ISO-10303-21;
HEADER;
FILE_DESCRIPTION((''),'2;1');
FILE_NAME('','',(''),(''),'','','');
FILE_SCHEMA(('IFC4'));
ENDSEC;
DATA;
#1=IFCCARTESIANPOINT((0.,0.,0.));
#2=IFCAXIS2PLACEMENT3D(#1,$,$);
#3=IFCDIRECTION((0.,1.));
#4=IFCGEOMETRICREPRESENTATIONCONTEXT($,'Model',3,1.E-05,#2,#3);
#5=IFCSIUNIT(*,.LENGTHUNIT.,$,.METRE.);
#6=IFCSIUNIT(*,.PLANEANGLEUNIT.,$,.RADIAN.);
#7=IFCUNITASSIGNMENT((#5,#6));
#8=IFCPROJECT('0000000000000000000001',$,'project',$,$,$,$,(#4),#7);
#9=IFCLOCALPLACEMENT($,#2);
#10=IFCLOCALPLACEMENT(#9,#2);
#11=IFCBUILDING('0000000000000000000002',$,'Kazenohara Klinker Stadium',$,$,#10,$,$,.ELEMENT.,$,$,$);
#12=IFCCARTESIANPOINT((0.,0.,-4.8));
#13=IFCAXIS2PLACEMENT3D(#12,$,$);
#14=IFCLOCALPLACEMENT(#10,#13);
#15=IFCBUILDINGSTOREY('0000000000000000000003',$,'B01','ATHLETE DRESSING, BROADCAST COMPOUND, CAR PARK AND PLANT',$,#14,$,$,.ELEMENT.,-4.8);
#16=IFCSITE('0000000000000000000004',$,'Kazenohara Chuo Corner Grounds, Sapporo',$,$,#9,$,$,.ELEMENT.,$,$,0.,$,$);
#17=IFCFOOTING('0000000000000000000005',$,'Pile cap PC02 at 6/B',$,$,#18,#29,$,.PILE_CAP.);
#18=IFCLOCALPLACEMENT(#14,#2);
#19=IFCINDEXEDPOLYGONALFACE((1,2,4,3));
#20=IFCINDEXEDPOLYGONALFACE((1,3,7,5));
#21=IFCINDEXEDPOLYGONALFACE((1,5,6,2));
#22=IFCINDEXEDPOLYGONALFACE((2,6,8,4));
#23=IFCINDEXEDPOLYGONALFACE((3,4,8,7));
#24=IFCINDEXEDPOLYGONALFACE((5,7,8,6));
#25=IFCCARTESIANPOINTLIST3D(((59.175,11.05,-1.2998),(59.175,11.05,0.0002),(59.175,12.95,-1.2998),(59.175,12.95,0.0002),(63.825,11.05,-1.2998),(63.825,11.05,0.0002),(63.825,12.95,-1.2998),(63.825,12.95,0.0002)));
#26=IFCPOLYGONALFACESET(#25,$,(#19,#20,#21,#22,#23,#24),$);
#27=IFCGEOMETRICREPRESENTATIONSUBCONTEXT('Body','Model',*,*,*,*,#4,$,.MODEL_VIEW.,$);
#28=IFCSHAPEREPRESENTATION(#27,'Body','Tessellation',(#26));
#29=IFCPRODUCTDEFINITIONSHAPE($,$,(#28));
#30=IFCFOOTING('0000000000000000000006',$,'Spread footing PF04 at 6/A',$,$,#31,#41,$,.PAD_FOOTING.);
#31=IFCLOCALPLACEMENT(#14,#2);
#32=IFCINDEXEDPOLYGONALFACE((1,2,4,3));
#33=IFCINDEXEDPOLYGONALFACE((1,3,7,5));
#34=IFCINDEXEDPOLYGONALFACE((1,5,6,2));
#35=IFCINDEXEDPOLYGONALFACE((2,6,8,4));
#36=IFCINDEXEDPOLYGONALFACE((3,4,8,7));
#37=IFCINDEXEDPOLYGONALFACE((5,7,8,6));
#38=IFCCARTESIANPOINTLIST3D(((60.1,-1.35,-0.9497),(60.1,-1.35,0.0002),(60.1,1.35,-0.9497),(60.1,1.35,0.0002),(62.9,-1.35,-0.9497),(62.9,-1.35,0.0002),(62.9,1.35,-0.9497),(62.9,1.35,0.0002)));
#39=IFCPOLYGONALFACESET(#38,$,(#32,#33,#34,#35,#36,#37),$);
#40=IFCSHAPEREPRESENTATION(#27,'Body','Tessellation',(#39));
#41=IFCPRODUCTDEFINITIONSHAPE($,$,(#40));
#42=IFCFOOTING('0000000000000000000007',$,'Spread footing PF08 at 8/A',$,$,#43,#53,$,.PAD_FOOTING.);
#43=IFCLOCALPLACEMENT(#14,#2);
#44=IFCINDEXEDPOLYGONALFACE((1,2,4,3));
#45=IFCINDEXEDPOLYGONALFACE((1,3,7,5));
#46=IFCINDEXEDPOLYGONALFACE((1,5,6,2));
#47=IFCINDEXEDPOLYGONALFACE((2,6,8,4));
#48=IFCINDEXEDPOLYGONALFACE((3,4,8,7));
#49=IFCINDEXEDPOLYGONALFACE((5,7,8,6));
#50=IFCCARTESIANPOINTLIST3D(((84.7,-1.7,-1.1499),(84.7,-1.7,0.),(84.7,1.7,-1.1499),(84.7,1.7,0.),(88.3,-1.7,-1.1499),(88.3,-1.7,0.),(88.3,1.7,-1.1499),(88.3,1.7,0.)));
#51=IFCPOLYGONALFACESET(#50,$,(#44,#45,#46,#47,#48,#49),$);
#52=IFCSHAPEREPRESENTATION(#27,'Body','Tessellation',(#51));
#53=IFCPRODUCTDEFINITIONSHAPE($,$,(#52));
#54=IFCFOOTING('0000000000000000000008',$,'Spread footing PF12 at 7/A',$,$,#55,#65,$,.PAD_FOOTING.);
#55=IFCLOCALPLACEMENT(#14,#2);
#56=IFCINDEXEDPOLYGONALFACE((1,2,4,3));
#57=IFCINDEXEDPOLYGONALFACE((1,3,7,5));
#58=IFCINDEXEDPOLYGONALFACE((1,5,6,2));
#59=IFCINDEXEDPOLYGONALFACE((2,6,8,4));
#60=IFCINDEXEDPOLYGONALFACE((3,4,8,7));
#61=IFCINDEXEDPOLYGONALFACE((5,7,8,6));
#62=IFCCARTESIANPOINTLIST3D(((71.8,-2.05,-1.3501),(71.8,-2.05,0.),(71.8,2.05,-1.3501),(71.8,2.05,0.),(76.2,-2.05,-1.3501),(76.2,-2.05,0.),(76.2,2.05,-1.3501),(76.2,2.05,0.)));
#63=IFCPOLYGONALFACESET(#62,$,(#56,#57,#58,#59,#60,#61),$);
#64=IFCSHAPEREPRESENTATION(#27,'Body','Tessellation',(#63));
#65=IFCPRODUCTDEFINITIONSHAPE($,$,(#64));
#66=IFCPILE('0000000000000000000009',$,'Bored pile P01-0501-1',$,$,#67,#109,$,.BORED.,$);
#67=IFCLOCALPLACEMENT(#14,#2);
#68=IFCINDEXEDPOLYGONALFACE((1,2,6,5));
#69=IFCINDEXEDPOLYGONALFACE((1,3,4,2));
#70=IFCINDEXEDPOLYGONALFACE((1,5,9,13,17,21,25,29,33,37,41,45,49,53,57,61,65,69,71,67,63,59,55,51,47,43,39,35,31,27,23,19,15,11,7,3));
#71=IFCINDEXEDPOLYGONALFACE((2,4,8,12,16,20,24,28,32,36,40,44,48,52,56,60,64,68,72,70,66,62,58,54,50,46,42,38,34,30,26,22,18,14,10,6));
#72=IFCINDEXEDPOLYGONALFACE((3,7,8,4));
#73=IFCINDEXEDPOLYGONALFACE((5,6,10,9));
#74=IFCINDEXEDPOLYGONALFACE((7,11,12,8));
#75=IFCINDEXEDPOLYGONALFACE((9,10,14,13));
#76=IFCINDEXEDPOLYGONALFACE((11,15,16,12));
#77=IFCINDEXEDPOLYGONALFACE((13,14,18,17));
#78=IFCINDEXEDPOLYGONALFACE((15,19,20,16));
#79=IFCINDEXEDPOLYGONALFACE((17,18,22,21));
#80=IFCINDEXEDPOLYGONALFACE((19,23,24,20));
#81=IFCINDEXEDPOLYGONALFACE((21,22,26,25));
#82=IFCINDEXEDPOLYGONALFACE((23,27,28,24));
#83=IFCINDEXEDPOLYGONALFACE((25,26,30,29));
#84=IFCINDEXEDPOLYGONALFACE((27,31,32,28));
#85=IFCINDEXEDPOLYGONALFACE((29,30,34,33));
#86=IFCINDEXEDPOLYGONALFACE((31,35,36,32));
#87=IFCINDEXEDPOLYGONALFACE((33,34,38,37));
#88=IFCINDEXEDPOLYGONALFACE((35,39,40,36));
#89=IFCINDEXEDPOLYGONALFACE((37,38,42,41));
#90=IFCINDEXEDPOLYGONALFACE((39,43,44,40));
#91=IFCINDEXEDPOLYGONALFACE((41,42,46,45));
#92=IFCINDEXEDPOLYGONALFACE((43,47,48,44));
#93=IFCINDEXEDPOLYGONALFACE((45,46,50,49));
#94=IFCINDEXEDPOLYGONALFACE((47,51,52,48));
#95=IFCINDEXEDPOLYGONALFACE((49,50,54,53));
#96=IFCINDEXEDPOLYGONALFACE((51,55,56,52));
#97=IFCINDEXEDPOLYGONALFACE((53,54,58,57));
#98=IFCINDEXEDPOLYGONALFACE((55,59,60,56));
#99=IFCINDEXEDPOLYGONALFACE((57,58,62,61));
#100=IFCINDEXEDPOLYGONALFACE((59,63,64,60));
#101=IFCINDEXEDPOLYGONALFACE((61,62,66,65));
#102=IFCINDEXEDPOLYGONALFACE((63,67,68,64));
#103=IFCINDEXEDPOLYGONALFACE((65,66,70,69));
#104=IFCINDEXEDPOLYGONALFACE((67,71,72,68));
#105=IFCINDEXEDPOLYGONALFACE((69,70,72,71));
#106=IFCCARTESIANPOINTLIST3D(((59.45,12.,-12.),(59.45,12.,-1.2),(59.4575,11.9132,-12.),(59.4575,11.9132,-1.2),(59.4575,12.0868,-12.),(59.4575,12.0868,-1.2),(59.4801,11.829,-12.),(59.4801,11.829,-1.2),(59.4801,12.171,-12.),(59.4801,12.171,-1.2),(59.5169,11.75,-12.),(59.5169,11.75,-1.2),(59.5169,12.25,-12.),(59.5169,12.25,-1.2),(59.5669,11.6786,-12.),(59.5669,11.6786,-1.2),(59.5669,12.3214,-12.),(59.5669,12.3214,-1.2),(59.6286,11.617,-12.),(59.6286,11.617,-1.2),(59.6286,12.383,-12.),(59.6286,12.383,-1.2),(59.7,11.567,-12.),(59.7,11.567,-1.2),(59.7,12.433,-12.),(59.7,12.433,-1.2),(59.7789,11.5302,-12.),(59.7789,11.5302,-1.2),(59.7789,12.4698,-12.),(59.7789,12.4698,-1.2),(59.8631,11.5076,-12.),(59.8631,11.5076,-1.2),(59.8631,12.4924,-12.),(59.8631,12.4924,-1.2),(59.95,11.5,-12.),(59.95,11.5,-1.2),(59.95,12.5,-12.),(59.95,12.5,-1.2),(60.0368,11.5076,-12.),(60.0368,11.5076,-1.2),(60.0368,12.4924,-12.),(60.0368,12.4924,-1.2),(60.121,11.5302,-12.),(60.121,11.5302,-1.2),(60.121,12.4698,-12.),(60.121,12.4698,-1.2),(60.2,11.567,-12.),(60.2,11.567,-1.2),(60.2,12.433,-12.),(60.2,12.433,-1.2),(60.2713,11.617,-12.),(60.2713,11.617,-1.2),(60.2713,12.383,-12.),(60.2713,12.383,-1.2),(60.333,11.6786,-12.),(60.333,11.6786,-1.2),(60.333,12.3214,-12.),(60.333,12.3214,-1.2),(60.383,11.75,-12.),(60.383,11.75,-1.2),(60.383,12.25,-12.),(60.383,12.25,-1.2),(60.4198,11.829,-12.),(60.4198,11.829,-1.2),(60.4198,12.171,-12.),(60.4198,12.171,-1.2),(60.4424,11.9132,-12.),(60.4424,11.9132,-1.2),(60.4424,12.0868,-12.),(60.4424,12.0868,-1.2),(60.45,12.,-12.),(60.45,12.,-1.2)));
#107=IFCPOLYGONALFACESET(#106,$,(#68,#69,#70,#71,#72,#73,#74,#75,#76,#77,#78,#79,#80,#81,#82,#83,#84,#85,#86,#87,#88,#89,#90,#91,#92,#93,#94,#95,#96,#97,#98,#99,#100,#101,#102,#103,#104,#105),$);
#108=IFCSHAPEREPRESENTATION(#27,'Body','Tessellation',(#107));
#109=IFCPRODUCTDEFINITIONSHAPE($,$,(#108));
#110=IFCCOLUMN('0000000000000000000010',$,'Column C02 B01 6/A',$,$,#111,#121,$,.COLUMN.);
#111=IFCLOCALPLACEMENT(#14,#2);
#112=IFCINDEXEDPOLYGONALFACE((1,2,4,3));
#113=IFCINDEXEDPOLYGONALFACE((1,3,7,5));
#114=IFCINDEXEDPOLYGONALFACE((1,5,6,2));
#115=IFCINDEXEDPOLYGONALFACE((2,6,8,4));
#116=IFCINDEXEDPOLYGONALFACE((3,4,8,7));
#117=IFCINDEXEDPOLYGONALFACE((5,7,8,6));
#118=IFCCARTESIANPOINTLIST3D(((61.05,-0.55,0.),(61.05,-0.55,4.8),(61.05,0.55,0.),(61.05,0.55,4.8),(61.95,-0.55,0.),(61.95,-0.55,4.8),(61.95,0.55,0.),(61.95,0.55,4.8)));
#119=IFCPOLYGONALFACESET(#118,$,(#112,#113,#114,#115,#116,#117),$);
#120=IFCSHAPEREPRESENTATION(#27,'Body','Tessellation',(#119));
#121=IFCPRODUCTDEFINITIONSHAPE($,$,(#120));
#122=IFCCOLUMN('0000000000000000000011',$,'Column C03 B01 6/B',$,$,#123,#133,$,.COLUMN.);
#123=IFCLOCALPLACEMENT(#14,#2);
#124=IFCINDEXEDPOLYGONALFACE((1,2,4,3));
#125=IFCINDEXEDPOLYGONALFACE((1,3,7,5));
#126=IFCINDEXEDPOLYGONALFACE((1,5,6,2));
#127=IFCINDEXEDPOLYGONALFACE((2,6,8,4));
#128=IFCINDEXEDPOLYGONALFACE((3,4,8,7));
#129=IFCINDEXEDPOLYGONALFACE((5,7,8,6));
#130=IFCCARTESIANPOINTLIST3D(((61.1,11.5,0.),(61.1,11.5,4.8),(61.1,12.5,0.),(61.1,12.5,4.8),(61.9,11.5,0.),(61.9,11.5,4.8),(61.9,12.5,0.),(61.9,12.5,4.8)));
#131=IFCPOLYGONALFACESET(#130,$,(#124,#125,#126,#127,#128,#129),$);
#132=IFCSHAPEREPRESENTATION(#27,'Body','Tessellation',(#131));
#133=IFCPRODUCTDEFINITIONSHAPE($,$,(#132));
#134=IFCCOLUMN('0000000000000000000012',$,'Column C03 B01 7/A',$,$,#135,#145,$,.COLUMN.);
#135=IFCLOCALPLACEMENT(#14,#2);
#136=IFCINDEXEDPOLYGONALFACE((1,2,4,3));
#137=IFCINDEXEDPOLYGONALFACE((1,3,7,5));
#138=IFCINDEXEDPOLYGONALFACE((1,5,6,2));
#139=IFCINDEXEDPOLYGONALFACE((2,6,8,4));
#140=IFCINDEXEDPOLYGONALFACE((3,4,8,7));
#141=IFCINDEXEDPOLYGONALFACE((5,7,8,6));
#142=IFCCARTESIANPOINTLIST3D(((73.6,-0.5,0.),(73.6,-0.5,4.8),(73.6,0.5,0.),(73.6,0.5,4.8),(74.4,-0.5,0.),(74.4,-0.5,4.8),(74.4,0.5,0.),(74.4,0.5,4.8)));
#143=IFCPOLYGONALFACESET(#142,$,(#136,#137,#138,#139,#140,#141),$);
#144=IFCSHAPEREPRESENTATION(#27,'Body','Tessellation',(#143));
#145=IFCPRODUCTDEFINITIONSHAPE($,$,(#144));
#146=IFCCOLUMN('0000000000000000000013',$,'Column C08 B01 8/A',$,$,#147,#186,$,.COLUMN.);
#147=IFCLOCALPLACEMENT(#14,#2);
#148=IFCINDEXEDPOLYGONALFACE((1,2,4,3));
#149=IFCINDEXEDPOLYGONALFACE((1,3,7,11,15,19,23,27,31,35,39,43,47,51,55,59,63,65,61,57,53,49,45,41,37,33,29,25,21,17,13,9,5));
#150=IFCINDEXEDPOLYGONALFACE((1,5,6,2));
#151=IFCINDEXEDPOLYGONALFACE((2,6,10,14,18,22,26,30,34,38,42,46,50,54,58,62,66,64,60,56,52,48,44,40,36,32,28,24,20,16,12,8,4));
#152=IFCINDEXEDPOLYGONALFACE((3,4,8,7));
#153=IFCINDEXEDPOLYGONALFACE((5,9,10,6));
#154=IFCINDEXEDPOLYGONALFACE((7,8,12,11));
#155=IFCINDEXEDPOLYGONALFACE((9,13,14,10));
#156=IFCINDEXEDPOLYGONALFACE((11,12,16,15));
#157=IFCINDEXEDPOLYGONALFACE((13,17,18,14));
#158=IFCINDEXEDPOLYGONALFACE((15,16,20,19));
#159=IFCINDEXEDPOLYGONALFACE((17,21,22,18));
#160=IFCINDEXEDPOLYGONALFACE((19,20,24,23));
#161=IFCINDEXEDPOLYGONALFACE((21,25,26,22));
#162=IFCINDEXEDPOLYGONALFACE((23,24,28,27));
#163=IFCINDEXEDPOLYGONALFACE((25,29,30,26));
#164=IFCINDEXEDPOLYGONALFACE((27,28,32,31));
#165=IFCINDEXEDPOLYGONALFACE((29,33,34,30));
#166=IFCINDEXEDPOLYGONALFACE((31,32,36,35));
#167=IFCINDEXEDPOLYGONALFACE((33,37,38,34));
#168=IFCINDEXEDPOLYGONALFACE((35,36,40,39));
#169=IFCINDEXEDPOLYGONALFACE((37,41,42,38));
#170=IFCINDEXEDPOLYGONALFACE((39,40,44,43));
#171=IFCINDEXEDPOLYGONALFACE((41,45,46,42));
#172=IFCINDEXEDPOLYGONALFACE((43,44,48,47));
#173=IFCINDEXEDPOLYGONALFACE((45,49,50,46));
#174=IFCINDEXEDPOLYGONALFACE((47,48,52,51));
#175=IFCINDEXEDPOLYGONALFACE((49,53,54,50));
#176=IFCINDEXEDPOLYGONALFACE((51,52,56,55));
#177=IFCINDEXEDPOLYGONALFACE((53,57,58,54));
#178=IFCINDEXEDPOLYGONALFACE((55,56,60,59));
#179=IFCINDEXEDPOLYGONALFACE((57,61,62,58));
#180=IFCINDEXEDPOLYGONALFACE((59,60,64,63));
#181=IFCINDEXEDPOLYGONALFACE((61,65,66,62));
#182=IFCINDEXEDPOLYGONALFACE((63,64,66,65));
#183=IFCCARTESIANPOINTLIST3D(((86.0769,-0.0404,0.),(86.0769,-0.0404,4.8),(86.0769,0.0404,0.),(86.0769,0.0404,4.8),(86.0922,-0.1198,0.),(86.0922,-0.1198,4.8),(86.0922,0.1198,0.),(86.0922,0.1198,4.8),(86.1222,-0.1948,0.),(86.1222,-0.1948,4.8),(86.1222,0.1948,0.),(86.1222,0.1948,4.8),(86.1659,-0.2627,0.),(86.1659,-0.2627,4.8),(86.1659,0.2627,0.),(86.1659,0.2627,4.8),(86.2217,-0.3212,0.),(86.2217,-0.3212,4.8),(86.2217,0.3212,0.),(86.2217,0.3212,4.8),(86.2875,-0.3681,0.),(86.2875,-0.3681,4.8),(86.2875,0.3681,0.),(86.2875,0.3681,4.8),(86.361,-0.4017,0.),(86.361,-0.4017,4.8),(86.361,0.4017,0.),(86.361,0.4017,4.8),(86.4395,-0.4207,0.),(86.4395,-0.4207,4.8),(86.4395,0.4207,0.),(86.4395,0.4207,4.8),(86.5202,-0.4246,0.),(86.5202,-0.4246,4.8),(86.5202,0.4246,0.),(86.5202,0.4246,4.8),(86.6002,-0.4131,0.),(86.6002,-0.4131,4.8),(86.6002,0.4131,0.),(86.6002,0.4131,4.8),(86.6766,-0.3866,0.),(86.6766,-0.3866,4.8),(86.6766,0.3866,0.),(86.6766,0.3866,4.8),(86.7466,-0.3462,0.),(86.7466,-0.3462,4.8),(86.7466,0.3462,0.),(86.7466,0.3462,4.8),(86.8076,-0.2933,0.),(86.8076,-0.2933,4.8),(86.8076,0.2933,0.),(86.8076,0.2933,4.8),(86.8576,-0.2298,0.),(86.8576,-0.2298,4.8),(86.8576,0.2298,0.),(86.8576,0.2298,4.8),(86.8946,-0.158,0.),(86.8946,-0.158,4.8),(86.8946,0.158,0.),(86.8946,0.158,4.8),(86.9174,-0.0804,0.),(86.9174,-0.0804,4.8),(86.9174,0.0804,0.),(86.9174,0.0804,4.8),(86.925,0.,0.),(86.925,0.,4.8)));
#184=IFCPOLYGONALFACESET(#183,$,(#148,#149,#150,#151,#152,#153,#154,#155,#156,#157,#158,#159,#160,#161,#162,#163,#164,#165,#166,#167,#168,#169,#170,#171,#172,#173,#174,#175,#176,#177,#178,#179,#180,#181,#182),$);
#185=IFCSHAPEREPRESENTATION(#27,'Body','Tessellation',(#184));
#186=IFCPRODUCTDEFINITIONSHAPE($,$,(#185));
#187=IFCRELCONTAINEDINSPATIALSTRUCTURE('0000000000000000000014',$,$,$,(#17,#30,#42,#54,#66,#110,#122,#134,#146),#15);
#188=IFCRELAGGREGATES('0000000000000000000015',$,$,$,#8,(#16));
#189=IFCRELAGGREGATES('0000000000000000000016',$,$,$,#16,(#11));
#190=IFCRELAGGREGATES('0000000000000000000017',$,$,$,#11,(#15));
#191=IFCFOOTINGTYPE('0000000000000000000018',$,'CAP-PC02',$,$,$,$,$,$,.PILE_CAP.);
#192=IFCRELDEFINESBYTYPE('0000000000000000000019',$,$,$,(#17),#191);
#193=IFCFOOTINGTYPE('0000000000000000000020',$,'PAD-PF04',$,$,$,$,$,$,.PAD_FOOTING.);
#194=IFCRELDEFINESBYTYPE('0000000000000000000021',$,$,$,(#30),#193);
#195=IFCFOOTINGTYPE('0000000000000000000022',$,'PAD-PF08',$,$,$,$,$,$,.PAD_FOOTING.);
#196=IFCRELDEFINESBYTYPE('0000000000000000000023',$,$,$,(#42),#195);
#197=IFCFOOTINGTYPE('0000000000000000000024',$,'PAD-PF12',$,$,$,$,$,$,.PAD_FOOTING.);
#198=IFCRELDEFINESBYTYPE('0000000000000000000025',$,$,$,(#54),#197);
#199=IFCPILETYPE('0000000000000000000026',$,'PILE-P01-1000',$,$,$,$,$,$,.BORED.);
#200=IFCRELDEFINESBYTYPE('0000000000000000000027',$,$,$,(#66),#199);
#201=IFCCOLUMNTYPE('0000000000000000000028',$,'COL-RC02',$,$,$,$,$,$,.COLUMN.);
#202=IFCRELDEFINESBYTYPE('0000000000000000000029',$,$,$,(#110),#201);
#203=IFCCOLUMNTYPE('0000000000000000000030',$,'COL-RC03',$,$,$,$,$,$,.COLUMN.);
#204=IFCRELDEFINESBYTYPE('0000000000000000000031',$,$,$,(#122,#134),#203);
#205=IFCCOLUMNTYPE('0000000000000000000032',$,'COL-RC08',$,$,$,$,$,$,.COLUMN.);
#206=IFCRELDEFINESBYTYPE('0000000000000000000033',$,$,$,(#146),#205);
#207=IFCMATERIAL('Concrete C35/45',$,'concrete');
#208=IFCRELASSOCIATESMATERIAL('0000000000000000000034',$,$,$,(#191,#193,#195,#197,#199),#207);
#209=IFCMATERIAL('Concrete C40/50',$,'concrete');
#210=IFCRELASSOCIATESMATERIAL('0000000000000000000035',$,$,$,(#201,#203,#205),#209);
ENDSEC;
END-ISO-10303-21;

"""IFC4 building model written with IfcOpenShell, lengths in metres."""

from ifc_helpers import new_model, si_unit, direction, frame, origin, origin_2d, place, context, subcontext, project, spatial, rectangle, circle, extrude, material, material_profile, profile_set, type_object, element, save


model = new_model("IFC4")

# Units and contexts
model_context = context("Model", 3, precision=1e-05, world=origin(), true_north=direction((0.0, 1.0)))
body_context = subcontext(model_context, "Body", "Model", "MODEL_VIEW")
ifc_project = project(units=[si_unit("LENGTHUNIT", "METRE"), si_unit("PLANEANGLEUNIT", "RADIAN")], contexts=[model_context])

# Site, building, storey
site_placement = place(None, origin())
site = spatial("IfcSite", under=ifc_project, at=site_placement, Name="Kazenohara Chuo Corner Grounds, Sapporo", CompositionType="ELEMENT", RefElevation=0.0)
building_placement = place(site_placement, origin())
building = spatial("IfcBuilding", under=site, at=building_placement, Name="Kazenohara Klinker Stadium", CompositionType="ELEMENT")
storey_placement = place(building_placement, frame((0.0, 0.0, -4.8)))
storey = spatial("IfcBuildingStorey", under=building, at=storey_placement, Name="B01", Description="ATHLETE DRESSING, BROADCAST COMPOUND, CAR PARK AND PLANT", CompositionType="ELEMENT", Elevation=-4.8)

# Footings
ifc_material_1 = material(Name="Concrete C35/45", Category="concrete")
footing_type_1 = type_object("IfcFootingType", Name="CAP-PC02", PredefinedType="PILE_CAP", material=ifc_material_1)
footing_1_placement = place(storey_placement, frame((61.5, 12.0, -1.2998), z_axis=(0.0, 0.0, 1.0), x_axis=(1.0, 0.0, 0.0)))
element("IfcFooting", 1, at=footing_1_placement, inside=storey, type_object=footing_type_1, Name="Pile cap PC02 at 6/B", PredefinedType="PILE_CAP", context=body_context, shape_type="SweptSolid", body=[
    extrude(rectangle(XDim=4.6499, YDim=1.8999, at=origin_2d()), origin(), (0.0, 0.0, 1.0), 1.3),
])
footing_type_2 = type_object("IfcFootingType", Name="PAD-PF04", PredefinedType="PAD_FOOTING", material=ifc_material_1)
footing_2_placement = place(storey_placement, frame((61.5, 0.0, -0.9497), z_axis=(0.0, 0.0, 1.0), x_axis=(1.0, 0.0, 0.0)))
element("IfcFooting", 2, at=footing_2_placement, inside=storey, type_object=footing_type_2, Name="Spread footing PF04 at 6/A", PredefinedType="PAD_FOOTING", context=body_context, shape_type="SweptSolid", body=[
    extrude(rectangle(XDim=2.8, YDim=2.7, at=origin_2d()), origin(), (0.0, 0.0, 1.0), 0.95),
])
footing_type_3 = type_object("IfcFootingType", Name="PAD-PF08", PredefinedType="PAD_FOOTING", material=ifc_material_1)
footing_3_placement = place(storey_placement, frame((86.5, 0.0, -1.1499), z_axis=(0.0, 0.0, 1.0), x_axis=(1.0, 0.0, 0.0)))
element("IfcFooting", 3, at=footing_3_placement, inside=storey, type_object=footing_type_3, Name="Spread footing PF08 at 8/A", PredefinedType="PAD_FOOTING", context=body_context, shape_type="SweptSolid", body=[
    extrude(rectangle(XDim=3.6001, YDim=3.3999, at=origin_2d()), origin(), (0.0, 0.0, 1.0), 1.1499),
])
footing_type_4 = type_object("IfcFootingType", Name="PAD-PF12", PredefinedType="PAD_FOOTING", material=ifc_material_1)
footing_4_placement = place(storey_placement, frame((74.0, 0.0, -1.3501), z_axis=(0.0, 0.0, 1.0), x_axis=(1.0, 0.0, 0.0)))
element("IfcFooting", 4, at=footing_4_placement, inside=storey, type_object=footing_type_4, Name="Spread footing PF12 at 7/A", PredefinedType="PAD_FOOTING", context=body_context, shape_type="SweptSolid", body=[
    extrude(rectangle(XDim=4.3999, YDim=4.1001, at=origin_2d()), origin(), (0.0, 0.0, 1.0), 1.3501),
])

# Pile
ifc_material_profile_1 = material_profile(ifc_material_1, circle(Radius=0.5, at=origin_2d()), Name="BORED-PILE-1000")
ifc_profile_set_1 = profile_set([ifc_material_profile_1], Name="Concrete C35/45")
pile_type = type_object("IfcPileType", Name="PILE-P01-1000", PredefinedType="BORED", material=ifc_profile_set_1)
pile_placement = place(storey_placement, frame((59.95, 12.0, -1.2), z_axis=(0.0, 0.0, -1.0), x_axis=(1.0, 0.0, 0.0)))
element("IfcPile", 5, at=pile_placement, inside=storey, type_object=pile_type, Name="Bored pile P01-0501-1", PredefinedType="BORED", context=body_context, shape_type="SweptSolid", body=[
    extrude(circle(Radius=0.5, at=origin_2d()), origin(), (0.0, 0.0, 1.0), 10.8),
])

# Columns
ifc_material_2 = material(Name="Concrete C40/50", Category="concrete")
ifc_material_profile_2 = material_profile(ifc_material_2, rectangle(XDim=0.8999, YDim=1.1001, at=origin_2d()), Name="RC-COL-1100x900")
ifc_profile_set_2 = profile_set([ifc_material_profile_2], Name="Concrete C40/50")
column_type_1 = type_object("IfcColumnType", Name="COL-RC02", PredefinedType="COLUMN", material=ifc_profile_set_2)
column_1_placement = place(storey_placement, frame((61.5, 0.0, 0.0), z_axis=(0.0, 0.0, 1.0), x_axis=(1.0, 0.0, 0.0)))
element("IfcColumn", 6, at=column_1_placement, inside=storey, type_object=column_type_1, Name="Column C02 B01 6/A", PredefinedType="COLUMN", context=body_context, shape_type="SweptSolid", body=[
    extrude(rectangle(XDim=0.8999, YDim=1.1001, at=origin_2d()), origin(), (0.0, 0.0, 1.0), 4.8),
])
ifc_material_profile_3 = material_profile(ifc_material_2, rectangle(XDim=0.8, YDim=1.0, at=origin_2d()), Name="RC-COL-1000x800")
ifc_profile_set_3 = profile_set([ifc_material_profile_3], Name="Concrete C40/50")
column_type_2 = type_object("IfcColumnType", Name="COL-RC03", PredefinedType="COLUMN", material=ifc_profile_set_3)
for number, where, z_axis, x_axis, name in (
    (7, (61.5, 12.0, 0.0), (0.0, 0.0, 1.0), (1.0, 0.0, 0.0), "Column C03 B01 6/B"),
    (8, (74.0, 0.0, 0.0), (0.0, 0.0, 1.0), (1.0, 0.0, 0.0), "Column C03 B01 7/A"),
):
    element("IfcColumn", number, at=place(storey_placement, frame(where, z_axis=z_axis, x_axis=x_axis)), inside=storey, type_object=column_type_2, Name=name, PredefinedType="COLUMN", context=body_context, shape_type="SweptSolid", body=[
        extrude(rectangle(XDim=0.8, YDim=1.0, at=origin_2d()), origin(), (0.0, 0.0, 1.0), 4.8),
    ])
ifc_material_profile_4 = material_profile(ifc_material_2, circle(Radius=0.425, at=origin_2d()), Name="RC-COL-D850")
ifc_profile_set_4 = profile_set([ifc_material_profile_4], Name="Concrete C40/50")
column_type_3 = type_object("IfcColumnType", Name="COL-RC08", PredefinedType="COLUMN", material=ifc_profile_set_4)
column_2_placement = place(storey_placement, frame((86.5, 0.0, 0.0), z_axis=(0.0, 0.0, 1.0), x_axis=(1.0, 0.0, 0.0)))
element("IfcColumn", 9, at=column_2_placement, inside=storey, type_object=column_type_3, Name="Column C08 B01 8/A", PredefinedType="COLUMN", context=body_context, shape_type="SweptSolid", body=[
    extrude(circle(Radius=0.425, at=origin_2d()), origin(), (0.0, 0.0, 1.0), 4.8),
])

save(model, "model.ifc")
